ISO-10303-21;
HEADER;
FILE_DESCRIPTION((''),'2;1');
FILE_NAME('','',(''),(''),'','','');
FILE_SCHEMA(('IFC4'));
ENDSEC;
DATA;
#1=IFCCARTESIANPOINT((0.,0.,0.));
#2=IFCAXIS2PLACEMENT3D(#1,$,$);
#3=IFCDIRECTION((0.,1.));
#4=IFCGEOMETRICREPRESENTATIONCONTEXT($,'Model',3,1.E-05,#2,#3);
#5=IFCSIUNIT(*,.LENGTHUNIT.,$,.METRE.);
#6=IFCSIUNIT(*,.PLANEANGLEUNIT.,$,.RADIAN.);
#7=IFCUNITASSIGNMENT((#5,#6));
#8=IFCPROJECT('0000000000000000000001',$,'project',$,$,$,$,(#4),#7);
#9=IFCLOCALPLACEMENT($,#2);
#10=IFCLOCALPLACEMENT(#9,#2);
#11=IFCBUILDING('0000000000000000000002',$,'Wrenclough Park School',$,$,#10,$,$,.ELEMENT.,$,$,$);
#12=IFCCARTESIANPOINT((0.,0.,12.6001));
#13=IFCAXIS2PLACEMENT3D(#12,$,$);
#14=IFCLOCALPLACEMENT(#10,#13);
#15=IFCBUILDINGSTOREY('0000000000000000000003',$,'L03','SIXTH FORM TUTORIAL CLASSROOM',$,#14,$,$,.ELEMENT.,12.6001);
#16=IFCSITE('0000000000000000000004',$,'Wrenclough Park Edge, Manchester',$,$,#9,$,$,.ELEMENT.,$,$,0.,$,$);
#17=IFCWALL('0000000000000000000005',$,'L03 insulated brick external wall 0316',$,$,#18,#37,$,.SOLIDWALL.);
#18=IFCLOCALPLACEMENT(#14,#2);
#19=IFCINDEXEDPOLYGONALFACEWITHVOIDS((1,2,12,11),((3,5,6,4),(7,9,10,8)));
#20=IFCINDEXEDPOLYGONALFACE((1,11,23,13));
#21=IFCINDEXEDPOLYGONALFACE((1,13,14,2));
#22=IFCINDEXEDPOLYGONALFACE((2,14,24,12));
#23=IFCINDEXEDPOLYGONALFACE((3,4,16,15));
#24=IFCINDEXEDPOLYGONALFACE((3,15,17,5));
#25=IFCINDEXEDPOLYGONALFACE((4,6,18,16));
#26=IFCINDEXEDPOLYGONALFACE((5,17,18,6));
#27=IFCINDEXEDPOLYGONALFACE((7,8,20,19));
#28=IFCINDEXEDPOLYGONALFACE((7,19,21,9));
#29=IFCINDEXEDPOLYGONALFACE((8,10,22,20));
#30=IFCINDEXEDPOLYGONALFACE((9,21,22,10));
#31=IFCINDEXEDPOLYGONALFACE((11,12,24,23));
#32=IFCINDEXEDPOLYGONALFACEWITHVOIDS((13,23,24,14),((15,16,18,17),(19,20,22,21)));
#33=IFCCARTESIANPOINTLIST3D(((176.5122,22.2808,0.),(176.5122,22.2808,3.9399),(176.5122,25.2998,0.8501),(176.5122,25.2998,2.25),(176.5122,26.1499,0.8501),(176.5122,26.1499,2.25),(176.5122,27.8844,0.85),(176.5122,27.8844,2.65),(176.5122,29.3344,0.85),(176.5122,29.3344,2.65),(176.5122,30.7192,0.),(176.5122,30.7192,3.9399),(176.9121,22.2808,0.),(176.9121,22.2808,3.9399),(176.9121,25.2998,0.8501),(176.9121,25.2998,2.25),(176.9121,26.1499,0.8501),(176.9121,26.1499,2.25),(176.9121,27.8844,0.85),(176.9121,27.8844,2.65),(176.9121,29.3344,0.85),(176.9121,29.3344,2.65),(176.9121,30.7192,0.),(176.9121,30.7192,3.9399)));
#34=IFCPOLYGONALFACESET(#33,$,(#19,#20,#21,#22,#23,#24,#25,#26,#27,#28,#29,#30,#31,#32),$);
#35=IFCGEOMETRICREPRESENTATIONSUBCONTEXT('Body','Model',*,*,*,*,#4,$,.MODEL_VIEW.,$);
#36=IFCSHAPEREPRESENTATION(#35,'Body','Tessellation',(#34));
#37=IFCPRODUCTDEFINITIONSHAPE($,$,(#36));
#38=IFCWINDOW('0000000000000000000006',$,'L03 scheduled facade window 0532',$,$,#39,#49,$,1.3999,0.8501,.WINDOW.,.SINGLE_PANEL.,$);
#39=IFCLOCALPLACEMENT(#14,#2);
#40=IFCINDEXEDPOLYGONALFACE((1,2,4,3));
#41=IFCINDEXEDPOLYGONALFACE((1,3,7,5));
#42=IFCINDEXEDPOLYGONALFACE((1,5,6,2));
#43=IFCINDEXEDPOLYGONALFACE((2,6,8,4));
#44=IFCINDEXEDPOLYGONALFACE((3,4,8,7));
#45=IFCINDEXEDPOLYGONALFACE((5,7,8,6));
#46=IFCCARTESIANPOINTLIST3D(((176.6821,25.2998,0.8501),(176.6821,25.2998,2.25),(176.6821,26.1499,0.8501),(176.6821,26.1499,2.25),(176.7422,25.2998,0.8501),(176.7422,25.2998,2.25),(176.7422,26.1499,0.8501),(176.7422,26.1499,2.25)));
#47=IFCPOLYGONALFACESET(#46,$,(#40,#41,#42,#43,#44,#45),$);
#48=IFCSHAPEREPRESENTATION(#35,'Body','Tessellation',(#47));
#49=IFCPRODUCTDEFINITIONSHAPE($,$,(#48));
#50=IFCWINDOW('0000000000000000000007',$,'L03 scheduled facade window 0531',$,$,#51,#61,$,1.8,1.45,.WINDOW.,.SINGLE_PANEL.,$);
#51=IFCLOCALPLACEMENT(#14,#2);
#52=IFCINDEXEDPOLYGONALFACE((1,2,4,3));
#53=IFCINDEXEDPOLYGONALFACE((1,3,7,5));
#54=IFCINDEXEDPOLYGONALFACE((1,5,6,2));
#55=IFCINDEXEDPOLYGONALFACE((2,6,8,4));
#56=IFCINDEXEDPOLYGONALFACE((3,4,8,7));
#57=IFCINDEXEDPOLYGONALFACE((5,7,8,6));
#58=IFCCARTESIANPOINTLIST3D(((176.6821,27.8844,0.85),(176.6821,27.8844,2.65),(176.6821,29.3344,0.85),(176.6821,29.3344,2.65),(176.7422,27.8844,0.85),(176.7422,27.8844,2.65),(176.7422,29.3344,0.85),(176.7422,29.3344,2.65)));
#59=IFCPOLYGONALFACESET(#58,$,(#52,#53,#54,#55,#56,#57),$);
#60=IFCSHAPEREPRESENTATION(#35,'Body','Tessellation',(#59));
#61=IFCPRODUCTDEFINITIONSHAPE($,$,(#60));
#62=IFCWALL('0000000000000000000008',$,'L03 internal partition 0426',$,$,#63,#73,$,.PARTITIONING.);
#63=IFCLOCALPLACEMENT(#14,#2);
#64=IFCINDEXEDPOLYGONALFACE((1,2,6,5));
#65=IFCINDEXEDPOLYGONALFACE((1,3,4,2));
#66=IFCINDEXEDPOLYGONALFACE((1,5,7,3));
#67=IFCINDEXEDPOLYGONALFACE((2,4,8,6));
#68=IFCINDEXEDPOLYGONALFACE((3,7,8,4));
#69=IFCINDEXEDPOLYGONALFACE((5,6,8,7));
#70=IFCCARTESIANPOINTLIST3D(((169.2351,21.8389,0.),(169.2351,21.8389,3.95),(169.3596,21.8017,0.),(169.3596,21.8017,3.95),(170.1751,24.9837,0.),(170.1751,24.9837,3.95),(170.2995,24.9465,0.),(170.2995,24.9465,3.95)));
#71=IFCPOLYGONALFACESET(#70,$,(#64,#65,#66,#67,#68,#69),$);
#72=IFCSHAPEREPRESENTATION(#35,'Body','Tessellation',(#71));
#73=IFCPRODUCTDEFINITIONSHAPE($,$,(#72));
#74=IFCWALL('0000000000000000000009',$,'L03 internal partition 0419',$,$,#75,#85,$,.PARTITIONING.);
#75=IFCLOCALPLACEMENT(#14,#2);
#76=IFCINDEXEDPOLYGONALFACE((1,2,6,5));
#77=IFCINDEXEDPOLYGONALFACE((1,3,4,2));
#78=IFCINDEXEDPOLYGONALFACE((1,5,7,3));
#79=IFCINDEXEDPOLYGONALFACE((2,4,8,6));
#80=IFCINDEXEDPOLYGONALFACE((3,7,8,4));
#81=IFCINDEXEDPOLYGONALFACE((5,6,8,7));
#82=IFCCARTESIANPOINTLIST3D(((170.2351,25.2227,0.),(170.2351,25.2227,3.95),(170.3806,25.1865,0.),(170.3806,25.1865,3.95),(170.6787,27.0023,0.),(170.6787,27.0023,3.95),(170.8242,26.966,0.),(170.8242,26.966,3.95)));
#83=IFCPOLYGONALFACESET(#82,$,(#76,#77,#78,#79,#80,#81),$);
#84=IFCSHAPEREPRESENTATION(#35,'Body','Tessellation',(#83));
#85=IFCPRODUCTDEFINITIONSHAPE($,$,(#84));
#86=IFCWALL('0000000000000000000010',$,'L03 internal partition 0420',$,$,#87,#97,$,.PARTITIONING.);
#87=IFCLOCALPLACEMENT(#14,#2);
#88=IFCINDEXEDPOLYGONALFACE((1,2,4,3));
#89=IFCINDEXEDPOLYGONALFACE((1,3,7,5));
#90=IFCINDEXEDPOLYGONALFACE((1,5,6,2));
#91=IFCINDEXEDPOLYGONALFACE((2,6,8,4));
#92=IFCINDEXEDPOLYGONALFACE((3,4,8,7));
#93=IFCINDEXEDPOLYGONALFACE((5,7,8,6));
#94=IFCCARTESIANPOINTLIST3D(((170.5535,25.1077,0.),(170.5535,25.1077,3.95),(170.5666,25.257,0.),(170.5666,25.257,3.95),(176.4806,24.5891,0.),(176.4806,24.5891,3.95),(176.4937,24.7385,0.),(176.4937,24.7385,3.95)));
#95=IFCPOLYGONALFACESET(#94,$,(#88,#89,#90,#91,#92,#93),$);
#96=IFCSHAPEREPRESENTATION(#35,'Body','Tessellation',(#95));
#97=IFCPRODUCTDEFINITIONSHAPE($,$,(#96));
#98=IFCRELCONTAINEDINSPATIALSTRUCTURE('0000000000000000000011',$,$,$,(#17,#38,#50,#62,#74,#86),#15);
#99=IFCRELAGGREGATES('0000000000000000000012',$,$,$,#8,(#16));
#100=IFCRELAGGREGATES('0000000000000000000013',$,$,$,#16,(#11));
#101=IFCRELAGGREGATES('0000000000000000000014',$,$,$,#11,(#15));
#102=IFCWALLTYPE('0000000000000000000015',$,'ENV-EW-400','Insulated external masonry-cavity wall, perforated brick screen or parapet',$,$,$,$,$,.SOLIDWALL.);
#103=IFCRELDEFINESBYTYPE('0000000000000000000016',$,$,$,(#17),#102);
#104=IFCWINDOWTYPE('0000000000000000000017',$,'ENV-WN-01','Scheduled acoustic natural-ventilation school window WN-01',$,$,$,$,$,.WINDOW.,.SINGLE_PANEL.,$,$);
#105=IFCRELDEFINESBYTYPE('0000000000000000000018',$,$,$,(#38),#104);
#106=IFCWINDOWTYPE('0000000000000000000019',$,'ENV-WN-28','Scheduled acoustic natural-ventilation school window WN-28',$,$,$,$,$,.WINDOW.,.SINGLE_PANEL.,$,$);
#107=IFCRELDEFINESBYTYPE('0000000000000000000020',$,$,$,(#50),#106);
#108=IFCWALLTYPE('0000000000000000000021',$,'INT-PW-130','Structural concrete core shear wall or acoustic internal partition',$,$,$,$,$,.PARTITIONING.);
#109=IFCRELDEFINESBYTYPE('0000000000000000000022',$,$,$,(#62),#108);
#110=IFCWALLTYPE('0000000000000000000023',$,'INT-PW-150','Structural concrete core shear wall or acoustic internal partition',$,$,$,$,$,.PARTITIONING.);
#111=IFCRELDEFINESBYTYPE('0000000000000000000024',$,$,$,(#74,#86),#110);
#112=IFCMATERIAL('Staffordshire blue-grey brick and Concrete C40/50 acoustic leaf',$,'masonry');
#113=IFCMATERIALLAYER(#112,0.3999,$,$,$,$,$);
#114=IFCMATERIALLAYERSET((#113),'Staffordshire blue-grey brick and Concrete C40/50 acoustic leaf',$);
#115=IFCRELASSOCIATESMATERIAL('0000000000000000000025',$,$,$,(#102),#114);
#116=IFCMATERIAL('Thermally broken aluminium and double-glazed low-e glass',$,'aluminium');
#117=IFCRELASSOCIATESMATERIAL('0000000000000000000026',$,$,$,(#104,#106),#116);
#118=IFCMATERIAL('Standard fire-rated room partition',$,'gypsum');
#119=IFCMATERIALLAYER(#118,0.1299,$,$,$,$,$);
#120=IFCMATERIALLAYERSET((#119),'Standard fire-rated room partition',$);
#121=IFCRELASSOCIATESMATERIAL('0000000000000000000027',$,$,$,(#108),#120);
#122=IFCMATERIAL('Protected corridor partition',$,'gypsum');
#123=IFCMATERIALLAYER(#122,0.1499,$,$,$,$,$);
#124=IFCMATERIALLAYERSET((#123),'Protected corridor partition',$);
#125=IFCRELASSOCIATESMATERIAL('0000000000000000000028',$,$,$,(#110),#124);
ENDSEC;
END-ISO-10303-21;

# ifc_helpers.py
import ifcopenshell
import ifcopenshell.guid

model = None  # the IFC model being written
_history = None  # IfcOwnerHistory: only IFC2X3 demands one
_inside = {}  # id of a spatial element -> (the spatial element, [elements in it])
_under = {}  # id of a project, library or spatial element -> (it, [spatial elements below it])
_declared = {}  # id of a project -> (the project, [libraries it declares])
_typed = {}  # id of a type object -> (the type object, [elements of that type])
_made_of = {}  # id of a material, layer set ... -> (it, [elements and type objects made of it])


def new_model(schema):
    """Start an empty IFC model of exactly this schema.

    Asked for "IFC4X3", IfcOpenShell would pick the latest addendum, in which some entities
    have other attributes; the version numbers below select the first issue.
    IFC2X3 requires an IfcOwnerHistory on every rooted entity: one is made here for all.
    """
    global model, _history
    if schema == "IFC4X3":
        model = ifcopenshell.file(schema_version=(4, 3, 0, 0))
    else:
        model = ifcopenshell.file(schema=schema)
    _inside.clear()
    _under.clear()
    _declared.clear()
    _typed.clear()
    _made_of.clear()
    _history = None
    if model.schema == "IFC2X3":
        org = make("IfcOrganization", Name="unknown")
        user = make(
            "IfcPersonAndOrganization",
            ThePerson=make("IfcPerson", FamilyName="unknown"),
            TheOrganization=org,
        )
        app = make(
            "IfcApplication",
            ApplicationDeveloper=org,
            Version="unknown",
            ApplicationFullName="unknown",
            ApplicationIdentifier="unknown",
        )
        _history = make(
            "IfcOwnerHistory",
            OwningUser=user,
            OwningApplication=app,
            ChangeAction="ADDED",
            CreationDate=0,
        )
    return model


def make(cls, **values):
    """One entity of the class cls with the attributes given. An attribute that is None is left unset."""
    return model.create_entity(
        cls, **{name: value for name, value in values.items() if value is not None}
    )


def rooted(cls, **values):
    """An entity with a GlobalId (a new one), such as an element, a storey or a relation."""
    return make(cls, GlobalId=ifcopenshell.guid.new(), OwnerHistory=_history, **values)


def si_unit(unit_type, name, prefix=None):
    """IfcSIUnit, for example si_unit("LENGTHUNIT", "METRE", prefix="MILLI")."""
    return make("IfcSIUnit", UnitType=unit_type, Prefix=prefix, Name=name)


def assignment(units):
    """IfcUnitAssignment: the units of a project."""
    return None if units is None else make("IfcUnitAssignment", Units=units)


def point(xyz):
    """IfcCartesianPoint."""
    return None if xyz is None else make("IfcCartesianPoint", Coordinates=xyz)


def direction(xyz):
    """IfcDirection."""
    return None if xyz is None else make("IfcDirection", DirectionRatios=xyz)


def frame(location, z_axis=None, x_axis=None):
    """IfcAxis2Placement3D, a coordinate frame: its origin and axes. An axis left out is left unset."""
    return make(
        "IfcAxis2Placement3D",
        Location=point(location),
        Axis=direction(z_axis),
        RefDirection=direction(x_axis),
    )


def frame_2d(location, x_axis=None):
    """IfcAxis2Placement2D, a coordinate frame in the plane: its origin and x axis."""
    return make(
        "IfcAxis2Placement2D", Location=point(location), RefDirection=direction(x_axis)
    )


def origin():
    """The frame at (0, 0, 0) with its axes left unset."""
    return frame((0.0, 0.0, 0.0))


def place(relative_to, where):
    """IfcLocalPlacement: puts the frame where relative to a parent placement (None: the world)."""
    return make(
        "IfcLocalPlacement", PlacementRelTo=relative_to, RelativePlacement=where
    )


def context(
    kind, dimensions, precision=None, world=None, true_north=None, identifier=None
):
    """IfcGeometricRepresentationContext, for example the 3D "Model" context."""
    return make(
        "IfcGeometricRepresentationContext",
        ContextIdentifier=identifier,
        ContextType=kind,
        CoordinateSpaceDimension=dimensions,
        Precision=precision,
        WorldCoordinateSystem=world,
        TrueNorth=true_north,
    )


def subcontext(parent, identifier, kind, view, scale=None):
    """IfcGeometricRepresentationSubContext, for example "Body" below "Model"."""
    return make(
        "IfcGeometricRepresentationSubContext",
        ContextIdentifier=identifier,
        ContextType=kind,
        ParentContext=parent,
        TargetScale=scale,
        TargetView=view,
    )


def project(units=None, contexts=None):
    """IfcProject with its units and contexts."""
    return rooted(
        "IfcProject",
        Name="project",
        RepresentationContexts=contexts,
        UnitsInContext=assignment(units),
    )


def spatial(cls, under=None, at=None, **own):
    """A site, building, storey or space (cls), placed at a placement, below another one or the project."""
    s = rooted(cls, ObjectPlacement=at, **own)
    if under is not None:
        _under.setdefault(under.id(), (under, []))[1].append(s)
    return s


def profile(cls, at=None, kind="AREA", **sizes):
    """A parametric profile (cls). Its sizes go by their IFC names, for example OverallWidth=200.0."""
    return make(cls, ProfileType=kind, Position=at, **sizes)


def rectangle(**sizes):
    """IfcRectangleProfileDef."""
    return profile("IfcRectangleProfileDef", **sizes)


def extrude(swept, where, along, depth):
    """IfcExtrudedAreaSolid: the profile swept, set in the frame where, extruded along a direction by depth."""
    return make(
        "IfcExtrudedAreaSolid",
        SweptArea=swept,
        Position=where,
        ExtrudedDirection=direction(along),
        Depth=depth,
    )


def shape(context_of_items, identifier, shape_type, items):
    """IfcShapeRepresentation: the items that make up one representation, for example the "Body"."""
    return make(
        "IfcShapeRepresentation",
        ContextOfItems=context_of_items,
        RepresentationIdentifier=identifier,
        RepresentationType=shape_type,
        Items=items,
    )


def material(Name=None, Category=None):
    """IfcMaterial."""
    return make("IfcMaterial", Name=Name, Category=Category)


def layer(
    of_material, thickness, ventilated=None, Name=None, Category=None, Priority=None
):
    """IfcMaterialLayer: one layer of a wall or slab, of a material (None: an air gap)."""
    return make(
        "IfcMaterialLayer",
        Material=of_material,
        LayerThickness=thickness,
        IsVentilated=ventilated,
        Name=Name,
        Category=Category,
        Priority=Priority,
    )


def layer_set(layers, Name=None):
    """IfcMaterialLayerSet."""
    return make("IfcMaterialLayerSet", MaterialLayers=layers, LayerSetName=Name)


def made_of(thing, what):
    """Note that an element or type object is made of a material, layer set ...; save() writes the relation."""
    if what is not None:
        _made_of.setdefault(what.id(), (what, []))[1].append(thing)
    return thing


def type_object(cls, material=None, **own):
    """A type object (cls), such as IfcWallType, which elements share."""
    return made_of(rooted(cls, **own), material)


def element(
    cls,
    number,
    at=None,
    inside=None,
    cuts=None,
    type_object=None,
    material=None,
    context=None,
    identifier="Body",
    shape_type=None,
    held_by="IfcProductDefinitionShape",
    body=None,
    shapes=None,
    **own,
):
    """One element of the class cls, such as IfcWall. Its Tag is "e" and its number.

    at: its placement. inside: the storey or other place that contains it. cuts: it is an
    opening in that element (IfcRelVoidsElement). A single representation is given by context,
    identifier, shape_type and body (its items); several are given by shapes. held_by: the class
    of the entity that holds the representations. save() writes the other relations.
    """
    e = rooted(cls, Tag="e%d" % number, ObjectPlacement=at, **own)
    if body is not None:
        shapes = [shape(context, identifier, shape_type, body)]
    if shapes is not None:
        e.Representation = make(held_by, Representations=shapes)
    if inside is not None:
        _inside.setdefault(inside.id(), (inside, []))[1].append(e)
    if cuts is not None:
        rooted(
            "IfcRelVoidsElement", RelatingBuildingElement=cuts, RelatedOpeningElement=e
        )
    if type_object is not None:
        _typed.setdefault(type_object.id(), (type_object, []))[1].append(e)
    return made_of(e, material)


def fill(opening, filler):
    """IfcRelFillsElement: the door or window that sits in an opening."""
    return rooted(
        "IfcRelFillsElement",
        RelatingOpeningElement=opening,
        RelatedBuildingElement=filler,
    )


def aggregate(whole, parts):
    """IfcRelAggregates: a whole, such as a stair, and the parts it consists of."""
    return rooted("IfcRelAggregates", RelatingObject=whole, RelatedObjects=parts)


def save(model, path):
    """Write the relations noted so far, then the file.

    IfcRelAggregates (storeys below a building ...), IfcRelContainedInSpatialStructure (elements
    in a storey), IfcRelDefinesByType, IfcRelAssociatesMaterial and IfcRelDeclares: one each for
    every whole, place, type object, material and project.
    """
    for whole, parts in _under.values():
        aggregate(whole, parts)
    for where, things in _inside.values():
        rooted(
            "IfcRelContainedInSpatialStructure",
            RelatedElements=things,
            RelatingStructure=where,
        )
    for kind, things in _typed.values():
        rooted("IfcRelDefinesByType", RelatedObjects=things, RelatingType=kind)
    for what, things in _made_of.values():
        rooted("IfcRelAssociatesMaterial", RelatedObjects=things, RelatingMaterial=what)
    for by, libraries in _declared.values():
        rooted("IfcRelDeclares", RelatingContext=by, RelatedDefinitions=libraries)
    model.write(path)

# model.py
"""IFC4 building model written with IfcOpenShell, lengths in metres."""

from ifc_helpers import new_model, si_unit, direction, frame, frame_2d, origin, place, context, subcontext, project, spatial, rectangle, extrude, material, layer, layer_set, type_object, element, fill, save


model = new_model("IFC4")

# Units and contexts
model_context = context("Model", 3, precision=1e-05, world=origin(), true_north=direction((0.0, 1.0)))
body_context = subcontext(model_context, "Body", "Model", "MODEL_VIEW")
ifc_project = project(units=[si_unit("LENGTHUNIT", "METRE"), si_unit("PLANEANGLEUNIT", "RADIAN")], contexts=[model_context])

# Site, building, storey
site_placement = place(None, origin())
site = spatial("IfcSite", under=ifc_project, at=site_placement, Name="Wrenclough Park Edge, Manchester", CompositionType="ELEMENT", RefElevation=0.0)
building_placement = place(site_placement, origin())
building = spatial("IfcBuilding", under=site, at=building_placement, Name="Wrenclough Park School", CompositionType="ELEMENT")
storey_placement = place(building_placement, frame((0.0, 0.0, 12.6001)))
storey = spatial("IfcBuildingStorey", under=building, at=storey_placement, Name="L03", Description="SIXTH FORM TUTORIAL CLASSROOM", CompositionType="ELEMENT", Elevation=12.6001)

# Wall, openings, windows
ifc_material_1 = material(Name="Staffordshire blue-grey brick and Concrete C40/50 acoustic leaf", Category="masonry")
ifc_layer_1 = layer(ifc_material_1, 0.3999)
ifc_layer_set_1 = layer_set([ifc_layer_1], Name="Staffordshire blue-grey brick and Concrete C40/50 acoustic leaf")
wall_type_1 = type_object("IfcWallType", Name="ENV-EW-400", Description="Insulated external masonry-cavity wall, perforated brick screen or parapet", PredefinedType="SOLIDWALL", material=ifc_layer_set_1)
wall_1_placement = place(storey_placement, frame((176.7122, 30.7192, 0.0), z_axis=(0.0, 0.0, 1.0), x_axis=(0.0, -1.0, 0.0)))
wall_1 = element("IfcWall", 1, at=wall_1_placement, inside=storey, type_object=wall_type_1, Name="L03 insulated brick external wall 0316", PredefinedType="SOLIDWALL", context=body_context, shape_type="SweptSolid", body=[
    extrude(rectangle(XDim=8.4385, YDim=0.3999, at=frame_2d((4.2192, 0.0))), origin(), (0.0, 0.0, 1.0), 3.9399),
])
opening_1_placement = place(wall_1_placement, frame((1.3848, 0.0, 0.8501)))
opening_1 = element("IfcOpeningElement", 2, at=opening_1_placement, cuts=wall_1, PredefinedType="OPENING", context=body_context, shape_type="SweptSolid", body=[
    extrude(rectangle(XDim=1.45, YDim=1.8, at=frame_2d((0.7251, 0.8999))), frame((0.0, 0.21, 0.0), z_axis=(0.0, -1.0, 0.0), x_axis=(1.0, 0.0, 0.0)), (0.0, 0.0, 1.0), 0.4199),
])
opening_2_placement = place(wall_1_placement, frame((4.5693, 0.0, 0.8501)))
opening_2 = element("IfcOpeningElement", 3, at=opening_2_placement, cuts=wall_1, PredefinedType="OPENING", context=body_context, shape_type="SweptSolid", body=[
    extrude(rectangle(XDim=0.8501, YDim=1.3999, at=frame_2d((0.425, 0.7))), frame((0.0, 0.21, 0.0), z_axis=(0.0, -1.0, 0.0), x_axis=(1.0, 0.0, 0.0)), (0.0, 0.0, 1.0), 0.4199),
])
ifc_material_2 = material(Name="Thermally broken aluminium and double-glazed low-e glass", Category="aluminium")
window_type_1 = type_object("IfcWindowType", Name="ENV-WN-01", Description="Scheduled acoustic natural-ventilation school window WN-01", PartitioningType="SINGLE_PANEL", PredefinedType="WINDOW", material=ifc_material_2)
window_1_placement = place(opening_2_placement, origin())
window_1 = element("IfcWindow", 4, at=window_1_placement, inside=storey, type_object=window_type_1, Name="L03 scheduled facade window 0532", OverallHeight=1.3999, OverallWidth=0.8501, PartitioningType="SINGLE_PANEL", PredefinedType="WINDOW", context=body_context, shape_type="SweptSolid", body=[
    extrude(rectangle(XDim=0.8501, YDim=1.3999, at=frame_2d((0.425, 0.7))), frame((0.0, 0.03, 0.0), z_axis=(0.0, -1.0, 0.0), x_axis=(1.0, 0.0, 0.0)), (0.0, 0.0, 1.0), 0.0601),
])
fill(opening_2, window_1)
window_type_2 = type_object("IfcWindowType", Name="ENV-WN-28", Description="Scheduled acoustic natural-ventilation school window WN-28", PartitioningType="SINGLE_PANEL", PredefinedType="WINDOW", material=ifc_material_2)
window_2_placement = place(opening_1_placement, origin())
window_2 = element("IfcWindow", 5, at=window_2_placement, inside=storey, type_object=window_type_2, Name="L03 scheduled facade window 0531", OverallHeight=1.8, OverallWidth=1.45, PartitioningType="SINGLE_PANEL", PredefinedType="WINDOW", context=body_context, shape_type="SweptSolid", body=[
    extrude(rectangle(XDim=1.45, YDim=1.8, at=frame_2d((0.7251, 0.8999))), frame((0.0, 0.03, 0.0), z_axis=(0.0, -1.0, 0.0), x_axis=(1.0, 0.0, 0.0)), (0.0, 0.0, 1.0), 0.0601),
])
fill(opening_1, window_2)

# Walls
ifc_material_3 = material(Name="Standard fire-rated room partition", Category="gypsum")
ifc_layer_2 = layer(ifc_material_3, 0.1299)
ifc_layer_set_2 = layer_set([ifc_layer_2], Name="Standard fire-rated room partition")
wall_type_2 = type_object("IfcWallType", Name="INT-PW-130", Description="Structural concrete core shear wall or acoustic internal partition", PredefinedType="PARTITIONING", material=ifc_layer_set_2)
wall_2_placement = place(storey_placement, frame((170.2373, 24.9651, 0.0), z_axis=(0.0, 0.0, 1.0), x_axis=(-0.286372, -0.958119, 0.0)))
element("IfcWall", 6, at=wall_2_placement, inside=storey, type_object=wall_type_2, Name="L03 internal partition 0426", PredefinedType="PARTITIONING", context=body_context, shape_type="SweptSolid", body=[
    extrude(rectangle(XDim=3.2822, YDim=0.1299, at=frame_2d((1.6411, 0.0))), origin(), (0.0, 0.0, 1.0), 3.95),
])
ifc_material_4 = material(Name="Protected corridor partition", Category="gypsum")
ifc_layer_3 = layer(ifc_material_4, 0.1499)
ifc_layer_set_3 = layer_set([ifc_layer_3], Name="Protected corridor partition")
wall_type_3 = type_object("IfcWallType", Name="INT-PW-150", Description="Structural concrete core shear wall or acoustic internal partition", PredefinedType="PARTITIONING", material=ifc_layer_set_3)
wall_3_placement = place(storey_placement, frame((170.7515, 26.9841, 0.0), z_axis=(0.0, 0.0, 1.0), x_axis=(-0.241878, -0.970307, 0.0)))
element("IfcWall", 7, at=wall_3_placement, inside=storey, type_object=wall_type_3, Name="L03 internal partition 0419", PredefinedType="PARTITIONING", context=body_context, shape_type="SweptSolid", body=[
    extrude(rectangle(XDim=1.834, YDim=0.1499, at=frame_2d((0.917, 0.0))), origin(), (0.0, 0.0, 1.0), 3.95),
])
wall_4_placement = place(storey_placement, frame((170.5601, 25.1824, 0.0), z_axis=(0.0, 0.0, 1.0), x_axis=(0.996195, -0.087157, 0.0)))
element("IfcWall", 8, at=wall_4_placement, inside=storey, type_object=wall_type_3, Name="L03 internal partition 0420", PredefinedType="PARTITIONING", context=body_context, shape_type="SweptSolid", body=[
    extrude(rectangle(XDim=5.9497, YDim=0.1499, at=frame_2d((2.9749, 0.0))), origin(), (0.0, 0.0, 1.0), 3.95),
])

save(model, "model.ifc")
